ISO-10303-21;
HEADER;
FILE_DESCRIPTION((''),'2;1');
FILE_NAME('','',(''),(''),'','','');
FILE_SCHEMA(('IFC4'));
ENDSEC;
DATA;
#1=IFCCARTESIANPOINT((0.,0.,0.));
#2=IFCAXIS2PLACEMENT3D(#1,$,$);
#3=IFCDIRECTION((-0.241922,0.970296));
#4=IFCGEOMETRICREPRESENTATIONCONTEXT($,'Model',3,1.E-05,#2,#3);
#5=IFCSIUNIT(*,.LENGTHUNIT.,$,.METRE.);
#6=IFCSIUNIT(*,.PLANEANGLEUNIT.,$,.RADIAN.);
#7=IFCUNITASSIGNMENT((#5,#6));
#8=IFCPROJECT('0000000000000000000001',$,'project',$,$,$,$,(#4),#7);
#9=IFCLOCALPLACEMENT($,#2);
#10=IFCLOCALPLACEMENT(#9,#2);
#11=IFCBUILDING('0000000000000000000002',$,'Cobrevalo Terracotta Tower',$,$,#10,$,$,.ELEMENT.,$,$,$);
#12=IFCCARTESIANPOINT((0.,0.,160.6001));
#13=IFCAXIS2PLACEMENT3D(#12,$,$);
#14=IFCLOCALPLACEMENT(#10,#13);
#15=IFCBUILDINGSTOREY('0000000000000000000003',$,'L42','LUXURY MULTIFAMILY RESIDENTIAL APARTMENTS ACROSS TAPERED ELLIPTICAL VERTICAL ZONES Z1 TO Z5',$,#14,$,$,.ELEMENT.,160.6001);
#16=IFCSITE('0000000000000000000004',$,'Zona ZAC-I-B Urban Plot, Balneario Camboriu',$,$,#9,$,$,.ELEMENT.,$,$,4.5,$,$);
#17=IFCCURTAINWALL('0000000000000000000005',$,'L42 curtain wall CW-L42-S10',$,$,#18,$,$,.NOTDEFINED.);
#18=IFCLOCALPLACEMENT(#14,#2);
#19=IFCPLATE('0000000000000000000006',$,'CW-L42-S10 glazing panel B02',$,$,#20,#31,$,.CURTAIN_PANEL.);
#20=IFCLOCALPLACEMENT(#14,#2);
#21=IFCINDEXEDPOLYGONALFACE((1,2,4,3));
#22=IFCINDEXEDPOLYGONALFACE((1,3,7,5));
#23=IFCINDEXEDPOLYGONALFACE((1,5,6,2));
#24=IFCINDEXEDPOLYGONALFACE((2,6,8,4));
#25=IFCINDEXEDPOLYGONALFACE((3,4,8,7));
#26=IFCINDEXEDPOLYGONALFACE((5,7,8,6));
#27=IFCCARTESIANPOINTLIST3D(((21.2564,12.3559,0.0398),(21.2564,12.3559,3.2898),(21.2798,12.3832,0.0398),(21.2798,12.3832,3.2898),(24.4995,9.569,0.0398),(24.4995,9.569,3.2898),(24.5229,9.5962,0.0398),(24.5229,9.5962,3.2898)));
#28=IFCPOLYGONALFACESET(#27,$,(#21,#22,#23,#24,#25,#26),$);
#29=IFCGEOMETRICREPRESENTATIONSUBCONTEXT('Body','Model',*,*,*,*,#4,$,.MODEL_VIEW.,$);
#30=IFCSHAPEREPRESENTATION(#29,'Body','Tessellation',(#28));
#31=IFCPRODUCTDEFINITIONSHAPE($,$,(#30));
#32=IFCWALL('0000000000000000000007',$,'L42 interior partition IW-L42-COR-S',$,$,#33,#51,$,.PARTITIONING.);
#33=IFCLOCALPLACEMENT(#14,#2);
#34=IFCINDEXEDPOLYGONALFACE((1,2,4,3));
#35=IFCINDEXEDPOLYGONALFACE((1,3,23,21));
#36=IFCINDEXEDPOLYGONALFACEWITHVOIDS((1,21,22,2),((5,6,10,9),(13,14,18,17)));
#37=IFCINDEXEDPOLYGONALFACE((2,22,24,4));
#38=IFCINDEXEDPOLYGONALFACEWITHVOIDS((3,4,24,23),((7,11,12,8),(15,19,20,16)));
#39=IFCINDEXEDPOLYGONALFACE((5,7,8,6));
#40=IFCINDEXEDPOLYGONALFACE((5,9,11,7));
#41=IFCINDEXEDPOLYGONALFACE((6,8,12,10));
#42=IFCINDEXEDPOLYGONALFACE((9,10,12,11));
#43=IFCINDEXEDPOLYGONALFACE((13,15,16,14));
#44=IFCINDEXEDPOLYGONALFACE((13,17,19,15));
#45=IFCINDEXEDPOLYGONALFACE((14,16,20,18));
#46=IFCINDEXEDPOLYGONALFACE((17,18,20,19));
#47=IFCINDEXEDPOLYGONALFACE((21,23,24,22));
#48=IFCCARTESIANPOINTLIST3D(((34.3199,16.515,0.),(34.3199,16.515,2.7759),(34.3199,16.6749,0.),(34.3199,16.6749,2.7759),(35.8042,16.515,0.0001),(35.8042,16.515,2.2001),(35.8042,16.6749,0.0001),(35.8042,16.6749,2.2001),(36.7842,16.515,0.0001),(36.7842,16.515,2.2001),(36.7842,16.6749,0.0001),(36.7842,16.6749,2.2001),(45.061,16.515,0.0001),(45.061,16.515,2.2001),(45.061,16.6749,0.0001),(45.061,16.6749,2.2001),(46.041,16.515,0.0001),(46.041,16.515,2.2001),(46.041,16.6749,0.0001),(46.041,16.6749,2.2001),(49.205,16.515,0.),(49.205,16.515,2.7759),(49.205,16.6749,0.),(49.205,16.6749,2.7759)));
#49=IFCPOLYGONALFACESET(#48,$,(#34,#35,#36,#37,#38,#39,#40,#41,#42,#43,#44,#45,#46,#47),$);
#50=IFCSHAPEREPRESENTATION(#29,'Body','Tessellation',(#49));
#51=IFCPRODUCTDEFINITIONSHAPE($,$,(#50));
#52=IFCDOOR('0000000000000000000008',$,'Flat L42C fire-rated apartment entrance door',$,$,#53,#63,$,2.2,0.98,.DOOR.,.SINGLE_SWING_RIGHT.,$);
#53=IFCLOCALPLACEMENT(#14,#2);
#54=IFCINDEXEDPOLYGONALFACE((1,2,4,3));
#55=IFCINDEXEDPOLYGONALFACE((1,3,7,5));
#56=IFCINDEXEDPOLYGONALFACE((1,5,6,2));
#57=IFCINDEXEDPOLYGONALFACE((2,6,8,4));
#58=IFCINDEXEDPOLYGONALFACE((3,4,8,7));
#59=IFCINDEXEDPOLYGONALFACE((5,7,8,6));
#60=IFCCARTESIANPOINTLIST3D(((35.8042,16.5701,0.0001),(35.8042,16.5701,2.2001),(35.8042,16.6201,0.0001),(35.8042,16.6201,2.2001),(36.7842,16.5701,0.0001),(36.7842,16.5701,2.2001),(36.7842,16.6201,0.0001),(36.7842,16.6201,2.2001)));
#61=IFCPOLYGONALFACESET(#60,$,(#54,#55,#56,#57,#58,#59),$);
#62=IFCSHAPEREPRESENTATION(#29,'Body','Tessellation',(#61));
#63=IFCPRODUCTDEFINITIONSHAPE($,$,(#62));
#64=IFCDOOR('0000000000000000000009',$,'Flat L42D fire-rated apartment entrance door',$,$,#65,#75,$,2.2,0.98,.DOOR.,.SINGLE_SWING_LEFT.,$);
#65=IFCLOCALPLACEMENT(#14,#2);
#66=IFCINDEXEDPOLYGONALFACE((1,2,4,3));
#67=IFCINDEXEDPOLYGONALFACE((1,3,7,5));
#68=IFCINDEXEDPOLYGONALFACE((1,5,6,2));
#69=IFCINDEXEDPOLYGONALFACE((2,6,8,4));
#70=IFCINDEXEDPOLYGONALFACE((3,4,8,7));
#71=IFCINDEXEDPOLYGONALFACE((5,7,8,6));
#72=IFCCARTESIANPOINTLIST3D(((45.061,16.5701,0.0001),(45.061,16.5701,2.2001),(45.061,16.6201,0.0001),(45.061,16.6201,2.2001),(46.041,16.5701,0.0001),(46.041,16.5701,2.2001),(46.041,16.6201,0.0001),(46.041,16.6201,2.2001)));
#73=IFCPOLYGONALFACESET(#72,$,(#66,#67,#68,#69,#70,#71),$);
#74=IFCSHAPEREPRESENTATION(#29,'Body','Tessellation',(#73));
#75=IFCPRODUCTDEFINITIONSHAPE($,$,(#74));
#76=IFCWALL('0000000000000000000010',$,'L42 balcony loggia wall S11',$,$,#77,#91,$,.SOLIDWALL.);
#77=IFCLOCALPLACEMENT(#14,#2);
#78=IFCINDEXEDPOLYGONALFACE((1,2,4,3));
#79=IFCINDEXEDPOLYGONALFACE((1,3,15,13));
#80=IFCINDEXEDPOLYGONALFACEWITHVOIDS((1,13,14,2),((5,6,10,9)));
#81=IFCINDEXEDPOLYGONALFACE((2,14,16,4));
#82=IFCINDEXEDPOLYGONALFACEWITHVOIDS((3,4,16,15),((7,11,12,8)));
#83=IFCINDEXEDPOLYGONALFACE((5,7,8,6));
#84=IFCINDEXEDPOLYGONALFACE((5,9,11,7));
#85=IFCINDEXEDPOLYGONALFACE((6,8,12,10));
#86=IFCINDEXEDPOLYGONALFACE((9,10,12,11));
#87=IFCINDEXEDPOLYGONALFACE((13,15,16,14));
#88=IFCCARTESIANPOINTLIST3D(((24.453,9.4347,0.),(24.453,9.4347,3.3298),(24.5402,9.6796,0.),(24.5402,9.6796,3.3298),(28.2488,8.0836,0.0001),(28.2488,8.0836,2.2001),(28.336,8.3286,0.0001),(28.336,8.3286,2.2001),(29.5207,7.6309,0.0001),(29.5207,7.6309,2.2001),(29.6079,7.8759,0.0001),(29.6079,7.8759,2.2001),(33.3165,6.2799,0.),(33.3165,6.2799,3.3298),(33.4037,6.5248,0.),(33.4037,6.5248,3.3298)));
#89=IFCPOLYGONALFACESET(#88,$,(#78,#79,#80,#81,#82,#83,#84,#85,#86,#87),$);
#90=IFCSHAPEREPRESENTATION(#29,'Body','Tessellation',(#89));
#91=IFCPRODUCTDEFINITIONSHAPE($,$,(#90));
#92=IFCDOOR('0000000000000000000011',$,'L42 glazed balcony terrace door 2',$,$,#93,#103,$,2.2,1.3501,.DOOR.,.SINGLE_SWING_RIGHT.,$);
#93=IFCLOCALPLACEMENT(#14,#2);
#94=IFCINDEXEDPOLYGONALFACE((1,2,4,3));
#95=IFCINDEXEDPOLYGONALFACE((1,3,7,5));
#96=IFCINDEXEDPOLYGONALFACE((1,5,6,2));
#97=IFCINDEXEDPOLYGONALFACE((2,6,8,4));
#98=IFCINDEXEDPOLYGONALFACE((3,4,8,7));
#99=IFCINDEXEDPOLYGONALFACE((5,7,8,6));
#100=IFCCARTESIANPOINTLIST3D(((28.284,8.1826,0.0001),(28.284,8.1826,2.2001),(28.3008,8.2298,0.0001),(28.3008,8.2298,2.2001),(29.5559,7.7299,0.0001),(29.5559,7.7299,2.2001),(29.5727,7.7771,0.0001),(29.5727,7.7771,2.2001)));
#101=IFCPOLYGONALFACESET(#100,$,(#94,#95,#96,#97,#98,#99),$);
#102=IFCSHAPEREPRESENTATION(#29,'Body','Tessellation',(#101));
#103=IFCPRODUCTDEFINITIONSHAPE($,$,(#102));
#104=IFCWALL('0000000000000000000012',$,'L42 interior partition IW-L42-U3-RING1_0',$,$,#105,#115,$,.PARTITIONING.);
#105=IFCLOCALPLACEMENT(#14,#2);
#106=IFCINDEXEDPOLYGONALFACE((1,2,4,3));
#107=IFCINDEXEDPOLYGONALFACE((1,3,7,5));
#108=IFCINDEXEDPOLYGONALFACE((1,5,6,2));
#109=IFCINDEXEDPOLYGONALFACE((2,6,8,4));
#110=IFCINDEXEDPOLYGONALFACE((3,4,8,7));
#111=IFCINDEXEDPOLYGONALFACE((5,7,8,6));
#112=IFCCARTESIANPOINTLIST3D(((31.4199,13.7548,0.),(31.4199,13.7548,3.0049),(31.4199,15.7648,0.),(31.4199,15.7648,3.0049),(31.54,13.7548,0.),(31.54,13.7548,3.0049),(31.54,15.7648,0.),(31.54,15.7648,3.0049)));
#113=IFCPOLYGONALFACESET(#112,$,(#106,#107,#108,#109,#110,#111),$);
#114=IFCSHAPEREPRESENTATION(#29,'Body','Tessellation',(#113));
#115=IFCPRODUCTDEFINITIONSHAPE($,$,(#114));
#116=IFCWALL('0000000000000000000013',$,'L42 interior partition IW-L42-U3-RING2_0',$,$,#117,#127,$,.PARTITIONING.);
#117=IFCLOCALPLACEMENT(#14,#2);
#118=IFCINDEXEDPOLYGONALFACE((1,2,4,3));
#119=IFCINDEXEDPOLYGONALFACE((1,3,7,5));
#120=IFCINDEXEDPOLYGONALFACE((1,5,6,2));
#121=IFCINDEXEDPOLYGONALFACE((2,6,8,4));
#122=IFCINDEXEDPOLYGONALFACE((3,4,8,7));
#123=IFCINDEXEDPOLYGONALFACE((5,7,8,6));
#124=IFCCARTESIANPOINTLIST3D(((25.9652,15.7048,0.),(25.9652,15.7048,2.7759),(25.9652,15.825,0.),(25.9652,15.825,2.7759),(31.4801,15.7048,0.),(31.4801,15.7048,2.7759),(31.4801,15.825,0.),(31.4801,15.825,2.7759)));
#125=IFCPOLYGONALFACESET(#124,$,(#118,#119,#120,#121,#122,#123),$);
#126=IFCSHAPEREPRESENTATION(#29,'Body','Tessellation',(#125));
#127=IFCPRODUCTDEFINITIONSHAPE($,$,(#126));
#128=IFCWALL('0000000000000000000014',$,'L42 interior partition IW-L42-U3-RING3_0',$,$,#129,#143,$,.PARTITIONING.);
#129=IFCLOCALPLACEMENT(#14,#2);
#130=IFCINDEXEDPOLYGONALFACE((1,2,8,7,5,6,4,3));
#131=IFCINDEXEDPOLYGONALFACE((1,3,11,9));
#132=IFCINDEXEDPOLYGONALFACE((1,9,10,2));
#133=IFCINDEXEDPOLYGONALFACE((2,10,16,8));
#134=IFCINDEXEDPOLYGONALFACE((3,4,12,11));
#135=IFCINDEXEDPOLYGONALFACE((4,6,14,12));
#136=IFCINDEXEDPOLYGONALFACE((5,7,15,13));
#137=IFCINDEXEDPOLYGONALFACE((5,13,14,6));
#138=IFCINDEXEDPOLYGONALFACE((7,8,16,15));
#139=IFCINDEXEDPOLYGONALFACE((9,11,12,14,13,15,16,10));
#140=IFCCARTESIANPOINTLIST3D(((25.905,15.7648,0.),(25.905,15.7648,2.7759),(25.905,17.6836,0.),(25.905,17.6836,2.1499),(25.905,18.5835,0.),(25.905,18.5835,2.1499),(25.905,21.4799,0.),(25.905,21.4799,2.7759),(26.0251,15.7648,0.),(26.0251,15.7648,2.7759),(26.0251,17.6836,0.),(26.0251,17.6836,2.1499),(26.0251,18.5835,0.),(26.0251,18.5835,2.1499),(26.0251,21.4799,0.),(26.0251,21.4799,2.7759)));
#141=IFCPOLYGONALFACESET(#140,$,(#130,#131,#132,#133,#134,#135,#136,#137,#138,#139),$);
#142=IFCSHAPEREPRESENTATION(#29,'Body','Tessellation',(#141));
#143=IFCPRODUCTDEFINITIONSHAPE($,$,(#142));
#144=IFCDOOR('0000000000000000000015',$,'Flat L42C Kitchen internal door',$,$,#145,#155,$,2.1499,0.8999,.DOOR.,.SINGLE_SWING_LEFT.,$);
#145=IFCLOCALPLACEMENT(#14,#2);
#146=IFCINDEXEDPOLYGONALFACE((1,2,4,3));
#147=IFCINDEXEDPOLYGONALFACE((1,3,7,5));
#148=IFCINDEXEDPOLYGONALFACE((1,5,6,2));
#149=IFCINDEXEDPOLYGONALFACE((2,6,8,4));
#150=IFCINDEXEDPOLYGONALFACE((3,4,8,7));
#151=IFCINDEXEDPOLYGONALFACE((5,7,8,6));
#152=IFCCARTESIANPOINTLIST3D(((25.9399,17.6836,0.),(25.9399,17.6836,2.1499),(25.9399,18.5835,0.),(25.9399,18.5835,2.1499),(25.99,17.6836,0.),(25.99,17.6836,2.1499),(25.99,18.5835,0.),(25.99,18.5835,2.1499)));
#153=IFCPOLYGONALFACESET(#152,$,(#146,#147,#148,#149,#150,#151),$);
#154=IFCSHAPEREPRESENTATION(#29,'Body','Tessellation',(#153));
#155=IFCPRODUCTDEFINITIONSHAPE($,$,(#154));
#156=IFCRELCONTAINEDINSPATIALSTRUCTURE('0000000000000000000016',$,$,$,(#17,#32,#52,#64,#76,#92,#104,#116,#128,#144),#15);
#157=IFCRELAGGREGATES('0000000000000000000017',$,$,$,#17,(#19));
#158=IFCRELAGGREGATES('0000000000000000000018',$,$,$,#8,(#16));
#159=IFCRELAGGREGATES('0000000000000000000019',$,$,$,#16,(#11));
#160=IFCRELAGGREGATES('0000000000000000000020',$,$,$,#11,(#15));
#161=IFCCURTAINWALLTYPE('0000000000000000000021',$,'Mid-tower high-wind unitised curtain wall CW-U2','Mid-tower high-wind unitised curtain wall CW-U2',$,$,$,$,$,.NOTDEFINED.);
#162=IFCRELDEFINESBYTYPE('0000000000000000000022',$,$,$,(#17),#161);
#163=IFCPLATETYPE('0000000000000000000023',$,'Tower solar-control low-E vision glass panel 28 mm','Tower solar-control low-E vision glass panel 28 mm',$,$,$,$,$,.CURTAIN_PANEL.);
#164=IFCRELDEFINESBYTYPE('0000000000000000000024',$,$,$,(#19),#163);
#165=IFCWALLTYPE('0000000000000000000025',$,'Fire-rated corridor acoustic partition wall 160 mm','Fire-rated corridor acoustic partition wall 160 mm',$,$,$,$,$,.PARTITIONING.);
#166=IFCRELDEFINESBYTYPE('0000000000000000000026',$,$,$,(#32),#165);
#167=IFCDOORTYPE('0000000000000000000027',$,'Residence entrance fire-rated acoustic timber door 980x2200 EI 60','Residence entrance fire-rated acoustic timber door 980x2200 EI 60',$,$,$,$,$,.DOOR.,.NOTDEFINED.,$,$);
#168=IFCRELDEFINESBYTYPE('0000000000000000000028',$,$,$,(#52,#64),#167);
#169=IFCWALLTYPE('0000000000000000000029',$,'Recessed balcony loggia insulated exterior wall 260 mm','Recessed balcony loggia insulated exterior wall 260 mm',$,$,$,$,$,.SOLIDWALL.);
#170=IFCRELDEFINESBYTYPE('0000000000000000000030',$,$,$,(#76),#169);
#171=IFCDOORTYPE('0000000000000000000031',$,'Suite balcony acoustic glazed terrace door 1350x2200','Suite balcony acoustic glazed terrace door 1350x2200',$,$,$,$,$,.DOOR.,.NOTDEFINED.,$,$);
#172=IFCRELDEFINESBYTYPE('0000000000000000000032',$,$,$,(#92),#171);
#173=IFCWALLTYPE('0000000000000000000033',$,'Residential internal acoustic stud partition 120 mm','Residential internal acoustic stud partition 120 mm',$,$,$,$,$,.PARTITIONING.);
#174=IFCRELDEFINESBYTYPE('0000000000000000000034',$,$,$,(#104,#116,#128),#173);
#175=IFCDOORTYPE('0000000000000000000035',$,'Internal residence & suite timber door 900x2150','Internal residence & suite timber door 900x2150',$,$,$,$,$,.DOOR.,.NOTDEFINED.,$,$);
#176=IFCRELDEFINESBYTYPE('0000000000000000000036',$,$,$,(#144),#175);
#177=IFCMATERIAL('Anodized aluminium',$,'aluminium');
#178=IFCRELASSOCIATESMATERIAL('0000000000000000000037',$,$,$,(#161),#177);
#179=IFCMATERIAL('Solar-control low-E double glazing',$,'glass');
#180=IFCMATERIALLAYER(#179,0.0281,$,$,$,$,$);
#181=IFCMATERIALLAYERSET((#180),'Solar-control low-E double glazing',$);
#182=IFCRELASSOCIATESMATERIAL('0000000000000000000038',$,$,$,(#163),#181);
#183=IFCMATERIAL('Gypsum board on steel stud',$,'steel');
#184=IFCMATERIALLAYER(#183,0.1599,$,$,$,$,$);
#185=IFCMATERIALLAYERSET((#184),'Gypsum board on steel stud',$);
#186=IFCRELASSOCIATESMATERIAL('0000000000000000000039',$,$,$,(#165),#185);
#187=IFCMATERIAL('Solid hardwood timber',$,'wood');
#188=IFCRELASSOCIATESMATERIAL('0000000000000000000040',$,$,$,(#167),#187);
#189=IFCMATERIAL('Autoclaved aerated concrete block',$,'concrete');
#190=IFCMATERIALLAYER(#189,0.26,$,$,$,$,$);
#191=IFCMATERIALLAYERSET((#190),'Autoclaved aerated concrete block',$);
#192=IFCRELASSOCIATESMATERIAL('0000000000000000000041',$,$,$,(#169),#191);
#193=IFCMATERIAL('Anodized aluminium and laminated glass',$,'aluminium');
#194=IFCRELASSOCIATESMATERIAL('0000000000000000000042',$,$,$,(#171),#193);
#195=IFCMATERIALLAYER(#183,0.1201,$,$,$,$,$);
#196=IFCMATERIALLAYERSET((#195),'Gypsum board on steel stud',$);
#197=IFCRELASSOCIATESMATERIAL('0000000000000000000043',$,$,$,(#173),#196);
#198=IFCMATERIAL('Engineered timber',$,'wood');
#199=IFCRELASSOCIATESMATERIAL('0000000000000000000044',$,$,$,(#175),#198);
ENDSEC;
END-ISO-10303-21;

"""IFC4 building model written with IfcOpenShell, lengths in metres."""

from ifc_helpers import new_model, si_unit, direction, frame, frame_2d, origin, origin_2d, place, context, subcontext, project, spatial, rectangle, extrude, source, transform, mapped, material, layer, layer_set, type_object, element, fill, aggregate, save


model = new_model("IFC4")

# Units and contexts
model_context = context("Model", 3, precision=1e-05, world=origin(), true_north=direction((-0.241922, 0.970296)))
body_context = subcontext(model_context, "Body", "Model", "MODEL_VIEW")
ifc_project = project(units=[si_unit("LENGTHUNIT", "METRE"), si_unit("PLANEANGLEUNIT", "RADIAN")], contexts=[model_context])

# Site, building, storey
site_placement = place(None, origin())
site = spatial("IfcSite", under=ifc_project, at=site_placement, Name="Zona ZAC-I-B Urban Plot, Balneario Camboriu", CompositionType="ELEMENT", RefElevation=4.5)
building_placement = place(site_placement, origin())
building = spatial("IfcBuilding", under=site, at=building_placement, Name="Cobrevalo Terracotta Tower", CompositionType="ELEMENT")
storey_placement = place(building_placement, frame((0.0, 0.0, 160.6001)))
storey = spatial("IfcBuildingStorey", under=building, at=storey_placement, Name="L42", Description="LUXURY MULTIFAMILY RESIDENTIAL APARTMENTS ACROSS TAPERED ELLIPTICAL VERTICAL ZONES Z1 TO Z5", CompositionType="ELEMENT", Elevation=160.6001)

# Shared definitions
ifc_material_1 = material(Name="Anodized aluminium", Category="aluminium")
curtain_wall_type = type_object("IfcCurtainWallType", Name="Mid-tower high-wind unitised curtain wall CW-U2", Description="Mid-tower high-wind unitised curtain wall CW-U2", PredefinedType="NOTDEFINED", material=ifc_material_1)

# Curtain wall
curtain_wall_1_placement = place(storey_placement, origin())
curtain_wall_1 = element("IfcCurtainWall", 1, at=curtain_wall_1_placement, inside=storey, type_object=curtain_wall_type, Name="L42 curtain wall CW-L42-S10", PredefinedType="NOTDEFINED")

# Plate
ifc_material_2 = material(Name="Solar-control low-E double glazing", Category="glass")
ifc_layer_1 = layer(ifc_material_2, 0.0281)
ifc_layer_set_1 = layer_set([ifc_layer_1], Name="Solar-control low-E double glazing")
plate_type = type_object("IfcPlateType", Name="Tower solar-control low-E vision glass panel 28 mm", Description="Tower solar-control low-E vision glass panel 28 mm", PredefinedType="CURTAIN_PANEL", material=ifc_layer_set_1)
shared_shape_1 = source(origin(), body_context, "Body", "SweptSolid", [
    extrude(rectangle(XDim=4.2761, YDim=0.0359, at=origin_2d()), origin(), (0.0, 0.0, 1.0), 3.25),
])
plate_placement = place(storey_placement, frame((22.8896, 10.9761, 0.0398), z_axis=(0.0, 0.0, 1.0), x_axis=(0.758437, -0.651746, 0.0)))
plate = element("IfcPlate", 2, at=plate_placement, type_object=plate_type, Name="CW-L42-S10 glazing panel B02", PredefinedType="CURTAIN_PANEL", context=body_context, shape_type="MappedRepresentation", body=[
    mapped(shared_shape_1, transform((0.0, 0.0, 0.0), scale=1.0)),
])
aggregate(curtain_wall_1, [plate])

# Wall, openings, doors
ifc_material_3 = material(Name="Gypsum board on steel stud", Category="steel")
ifc_layer_2 = layer(ifc_material_3, 0.1599)
ifc_layer_set_2 = layer_set([ifc_layer_2], Name="Gypsum board on steel stud")
wall_type_1 = type_object("IfcWallType", Name="Fire-rated corridor acoustic partition wall 160 mm", Description="Fire-rated corridor acoustic partition wall 160 mm", PredefinedType="PARTITIONING", material=ifc_layer_set_2)
wall_1_placement = place(storey_placement, frame((34.3201, 16.595, 0.0), z_axis=(0.0, 0.0, 1.0), x_axis=(1.0, 0.0, 0.0)))
wall_1 = element("IfcWall", 3, at=wall_1_placement, inside=storey, type_object=wall_type_1, Name="L42 interior partition IW-L42-COR-S", PredefinedType="PARTITIONING", context=body_context, shape_type="SweptSolid", body=[
    extrude(rectangle(XDim=14.885, YDim=0.1599, at=frame_2d((7.4424, 0.0))), origin(), (0.0, 0.0, 1.0), 2.7759),
])
opening_1_placement = place(wall_1_placement, frame((1.4841, 0.0, 0.0)))
opening_1 = element("IfcOpeningElement", 4, at=opening_1_placement, cuts=wall_1, PredefinedType="OPENING", context=body_context, shape_type="SweptSolid", body=[
    extrude(rectangle(XDim=0.98, YDim=2.2, at=frame_2d((0.49, 1.1001))), frame((0.0, 0.0898, 0.0), z_axis=(0.0, -1.0, 0.0), x_axis=(1.0, 0.0, 0.0)), (0.0, 0.0, 1.0), 0.1799),
])
opening_2_placement = place(wall_1_placement, frame((10.741, 0.0, 0.0)))
opening_2 = element("IfcOpeningElement", 5, at=opening_2_placement, cuts=wall_1, PredefinedType="OPENING", context=body_context, shape_type="SweptSolid", body=[
    extrude(rectangle(XDim=0.98, YDim=2.2, at=frame_2d((0.49, 1.1001))), frame((0.0, 0.0898, 0.0), z_axis=(0.0, -1.0, 0.0), x_axis=(1.0, 0.0, 0.0)), (0.0, 0.0, 1.0), 0.1799),
])
ifc_material_4 = material(Name="Solid hardwood timber", Category="wood")
door_type_1 = type_object("IfcDoorType", Name="Residence entrance fire-rated acoustic timber door 980x2200 EI 60", Description="Residence entrance fire-rated acoustic timber door 980x2200 EI 60", OperationType="NOTDEFINED", PredefinedType="DOOR", material=ifc_material_4)
shared_shape_2 = source(origin(), body_context, "Body", "SweptSolid", [
    extrude(rectangle(XDim=0.98, YDim=2.2, at=frame_2d((0.49, 1.1001))), frame((0.0, 0.0249, 0.0), z_axis=(0.0, -1.0, 0.0), x_axis=(1.0, 0.0, 0.0)), (0.0, 0.0, 1.0), 0.05),
])
door_1_placement = place(opening_1_placement, frame((0.98, 0.0, 0.0), z_axis=(0.0, 0.0, 1.0), x_axis=(-1.0, 0.0, 0.0)))
door_1 = element("IfcDoor", 6, at=door_1_placement, inside=storey, type_object=door_type_1, Name="Flat L42C fire-rated apartment entrance door", OperationType="SINGLE_SWING_RIGHT", OverallHeight=2.2, OverallWidth=0.98, PredefinedType="DOOR", context=body_context, shape_type="MappedRepresentation", body=[
    mapped(shared_shape_2, transform((0.0, 0.0, 0.0), scale=1.0)),
])
fill(opening_1, door_1)
door_2_placement = place(opening_2_placement, frame((0.98, 0.0, 0.0), z_axis=(0.0, 0.0, 1.0), x_axis=(-1.0, 0.0, 0.0)))
door_2 = element("IfcDoor", 7, at=door_2_placement, inside=storey, type_object=door_type_1, Name="Flat L42D fire-rated apartment entrance door", OperationType="SINGLE_SWING_LEFT", OverallHeight=2.2, OverallWidth=0.98, PredefinedType="DOOR", context=body_context, shape_type="MappedRepresentation", body=[
    mapped(shared_shape_2, transform((0.0, 0.0, 0.0), scale=1.0)),
])
fill(opening_2, door_2)

# Wall, opening, door
ifc_material_5 = material(Name="Autoclaved aerated concrete block", Category="concrete")
ifc_layer_3 = layer(ifc_material_5, 0.26)
ifc_layer_set_3 = layer_set([ifc_layer_3], Name="Autoclaved aerated concrete block")
wall_type_2 = type_object("IfcWallType", Name="Recessed balcony loggia insulated exterior wall 260 mm", Description="Recessed balcony loggia insulated exterior wall 260 mm", PredefinedType="SOLIDWALL", material=ifc_layer_set_3)
wall_2_placement = place(storey_placement, frame((24.4966, 9.5571, 0.0), z_axis=(0.0, 0.0, 1.0), x_axis=(0.942104, -0.335322, 0.0)))
wall_2 = element("IfcWall", 8, at=wall_2_placement, inside=storey, type_object=wall_type_2, Name="L42 balcony loggia wall S11", PredefinedType="SOLIDWALL", context=body_context, shape_type="SweptSolid", body=[
    extrude(rectangle(XDim=9.4082, YDim=0.26, at=frame_2d((4.7041, 0.0))), origin(), (0.0, 0.0, 1.0), 3.3298),
])
opening_3_placement = place(wall_2_placement, frame((4.0291, 0.0, 0.0)))
opening_3 = element("IfcOpeningElement", 9, at=opening_3_placement, cuts=wall_2, PredefinedType="OPENING", context=body_context, shape_type="SweptSolid", body=[
    extrude(rectangle(XDim=1.3501, YDim=2.2, at=frame_2d((0.675, 1.1001))), frame((0.0, 0.1401, 0.0), z_axis=(0.0, -1.0, 0.0), x_axis=(1.0, 0.0, 0.0)), (0.0, 0.0, 1.0), 0.28),
])
ifc_material_6 = material(Name="Anodized aluminium and laminated glass", Category="aluminium")
door_type_2 = type_object("IfcDoorType", Name="Suite balcony acoustic glazed terrace door 1350x2200", Description="Suite balcony acoustic glazed terrace door 1350x2200", OperationType="NOTDEFINED", PredefinedType="DOOR", material=ifc_material_6)
shared_shape_3 = source(origin(), body_context, "Body", "SweptSolid", [
    extrude(rectangle(XDim=1.3501, YDim=2.2, at=frame_2d((0.675, 1.1001))), frame((0.0, 0.0249, 0.0), z_axis=(0.0, -1.0, 0.0), x_axis=(1.0, 0.0, 0.0)), (0.0, 0.0, 1.0), 0.05),
])
door_3_placement = place(opening_3_placement, frame((1.3501, 0.0, 0.0), z_axis=(0.0, 0.0, 1.0), x_axis=(-1.0, 0.0, 0.0)))
door_3 = element("IfcDoor", 10, at=door_3_placement, inside=storey, type_object=door_type_2, Name="L42 glazed balcony terrace door 2", OperationType="SINGLE_SWING_RIGHT", OverallHeight=2.2, OverallWidth=1.3501, PredefinedType="DOOR", context=body_context, shape_type="MappedRepresentation", body=[
    mapped(shared_shape_3, transform((0.0, 0.0, 0.0), scale=1.0)),
])
fill(opening_3, door_3)

# Walls
ifc_layer_4 = layer(ifc_material_3, 0.1201)
ifc_layer_set_4 = layer_set([ifc_layer_4], Name="Gypsum board on steel stud")
wall_type_3 = type_object("IfcWallType", Name="Residential internal acoustic stud partition 120 mm", Description="Residential internal acoustic stud partition 120 mm", PredefinedType="PARTITIONING", material=ifc_layer_set_4)
wall_3_placement = place(storey_placement, frame((31.48, 13.7549, 0.0), z_axis=(0.0, 0.0, 1.0), x_axis=(0.0, 1.0, 0.0)))
element("IfcWall", 11, at=wall_3_placement, inside=storey, type_object=wall_type_3, Name="L42 interior partition IW-L42-U3-RING1_0", PredefinedType="PARTITIONING", context=body_context, shape_type="SweptSolid", body=[
    extrude(rectangle(XDim=2.01, YDim=0.1201, at=frame_2d((1.0049, 0.0))), origin(), (0.0, 0.0, 1.0), 3.0049),
])
wall_4_placement = place(storey_placement, frame((31.48, 15.7649, 0.0), z_axis=(0.0, 0.0, 1.0), x_axis=(-1.0, 0.0, 0.0)))
element("IfcWall", 12, at=wall_4_placement, inside=storey, type_object=wall_type_3, Name="L42 interior partition IW-L42-U3-RING2_0", PredefinedType="PARTITIONING", context=body_context, shape_type="SweptSolid", body=[
    extrude(rectangle(XDim=5.5149, YDim=0.1201, at=frame_2d((2.7573, 0.0))), origin(), (0.0, 0.0, 1.0), 2.7759),
])

# Wall, opening, door
wall_5_placement = place(storey_placement, frame((25.9651, 15.7649, 0.0), z_axis=(0.0, 0.0, 1.0), x_axis=(0.0, 1.0, 0.0)))
wall_5 = element("IfcWall", 13, at=wall_5_placement, inside=storey, type_object=wall_type_3, Name="L42 interior partition IW-L42-U3-RING3_0", PredefinedType="PARTITIONING", context=body_context, shape_type="SweptSolid", body=[
    extrude(rectangle(XDim=5.7151, YDim=0.1201, at=frame_2d((2.8574, 0.0))), origin(), (0.0, 0.0, 1.0), 2.7759),
])
opening_4_placement = place(wall_5_placement, frame((1.9187, 0.0, 0.0)))
opening_4 = element("IfcOpeningElement", 14, at=opening_4_placement, cuts=wall_5, PredefinedType="OPENING", context=body_context, shape_type="SweptSolid", body=[
    extrude(rectangle(XDim=0.8999, YDim=2.1499, at=frame_2d((0.45, 1.075))), frame((0.0, 0.0701, 0.0), z_axis=(0.0, -1.0, 0.0), x_axis=(1.0, 0.0, 0.0)), (0.0, 0.0, 1.0), 0.1401),
])
ifc_material_7 = material(Name="Engineered timber", Category="wood")
door_type_3 = type_object("IfcDoorType", Name="Internal residence & suite timber door 900x2150", Description="Internal residence & suite timber door 900x2150", OperationType="NOTDEFINED", PredefinedType="DOOR", material=ifc_material_7)
shared_shape_4 = source(origin(), body_context, "Body", "SweptSolid", [
    extrude(rectangle(XDim=0.8999, YDim=2.1499, at=frame_2d((0.45, 1.075))), frame((0.0, 0.0249, 0.0), z_axis=(0.0, -1.0, 0.0), x_axis=(1.0, 0.0, 0.0)), (0.0, 0.0, 1.0), 0.05),
])
door_4_placement = place(opening_4_placement, frame((0.8999, 0.0, 0.0), z_axis=(0.0, 0.0, 1.0), x_axis=(-1.0, 0.0, 0.0)))
door_4 = element("IfcDoor", 15, at=door_4_placement, inside=storey, type_object=door_type_3, Name="Flat L42C Kitchen internal door", OperationType="SINGLE_SWING_LEFT", OverallHeight=2.1499, OverallWidth=0.8999, PredefinedType="DOOR", context=body_context, shape_type="MappedRepresentation", body=[
    mapped(shared_shape_4, transform((0.0, 0.0, 0.0), scale=1.0)),
])
fill(opening_4, door_4)

save(model, "model.ifc")
